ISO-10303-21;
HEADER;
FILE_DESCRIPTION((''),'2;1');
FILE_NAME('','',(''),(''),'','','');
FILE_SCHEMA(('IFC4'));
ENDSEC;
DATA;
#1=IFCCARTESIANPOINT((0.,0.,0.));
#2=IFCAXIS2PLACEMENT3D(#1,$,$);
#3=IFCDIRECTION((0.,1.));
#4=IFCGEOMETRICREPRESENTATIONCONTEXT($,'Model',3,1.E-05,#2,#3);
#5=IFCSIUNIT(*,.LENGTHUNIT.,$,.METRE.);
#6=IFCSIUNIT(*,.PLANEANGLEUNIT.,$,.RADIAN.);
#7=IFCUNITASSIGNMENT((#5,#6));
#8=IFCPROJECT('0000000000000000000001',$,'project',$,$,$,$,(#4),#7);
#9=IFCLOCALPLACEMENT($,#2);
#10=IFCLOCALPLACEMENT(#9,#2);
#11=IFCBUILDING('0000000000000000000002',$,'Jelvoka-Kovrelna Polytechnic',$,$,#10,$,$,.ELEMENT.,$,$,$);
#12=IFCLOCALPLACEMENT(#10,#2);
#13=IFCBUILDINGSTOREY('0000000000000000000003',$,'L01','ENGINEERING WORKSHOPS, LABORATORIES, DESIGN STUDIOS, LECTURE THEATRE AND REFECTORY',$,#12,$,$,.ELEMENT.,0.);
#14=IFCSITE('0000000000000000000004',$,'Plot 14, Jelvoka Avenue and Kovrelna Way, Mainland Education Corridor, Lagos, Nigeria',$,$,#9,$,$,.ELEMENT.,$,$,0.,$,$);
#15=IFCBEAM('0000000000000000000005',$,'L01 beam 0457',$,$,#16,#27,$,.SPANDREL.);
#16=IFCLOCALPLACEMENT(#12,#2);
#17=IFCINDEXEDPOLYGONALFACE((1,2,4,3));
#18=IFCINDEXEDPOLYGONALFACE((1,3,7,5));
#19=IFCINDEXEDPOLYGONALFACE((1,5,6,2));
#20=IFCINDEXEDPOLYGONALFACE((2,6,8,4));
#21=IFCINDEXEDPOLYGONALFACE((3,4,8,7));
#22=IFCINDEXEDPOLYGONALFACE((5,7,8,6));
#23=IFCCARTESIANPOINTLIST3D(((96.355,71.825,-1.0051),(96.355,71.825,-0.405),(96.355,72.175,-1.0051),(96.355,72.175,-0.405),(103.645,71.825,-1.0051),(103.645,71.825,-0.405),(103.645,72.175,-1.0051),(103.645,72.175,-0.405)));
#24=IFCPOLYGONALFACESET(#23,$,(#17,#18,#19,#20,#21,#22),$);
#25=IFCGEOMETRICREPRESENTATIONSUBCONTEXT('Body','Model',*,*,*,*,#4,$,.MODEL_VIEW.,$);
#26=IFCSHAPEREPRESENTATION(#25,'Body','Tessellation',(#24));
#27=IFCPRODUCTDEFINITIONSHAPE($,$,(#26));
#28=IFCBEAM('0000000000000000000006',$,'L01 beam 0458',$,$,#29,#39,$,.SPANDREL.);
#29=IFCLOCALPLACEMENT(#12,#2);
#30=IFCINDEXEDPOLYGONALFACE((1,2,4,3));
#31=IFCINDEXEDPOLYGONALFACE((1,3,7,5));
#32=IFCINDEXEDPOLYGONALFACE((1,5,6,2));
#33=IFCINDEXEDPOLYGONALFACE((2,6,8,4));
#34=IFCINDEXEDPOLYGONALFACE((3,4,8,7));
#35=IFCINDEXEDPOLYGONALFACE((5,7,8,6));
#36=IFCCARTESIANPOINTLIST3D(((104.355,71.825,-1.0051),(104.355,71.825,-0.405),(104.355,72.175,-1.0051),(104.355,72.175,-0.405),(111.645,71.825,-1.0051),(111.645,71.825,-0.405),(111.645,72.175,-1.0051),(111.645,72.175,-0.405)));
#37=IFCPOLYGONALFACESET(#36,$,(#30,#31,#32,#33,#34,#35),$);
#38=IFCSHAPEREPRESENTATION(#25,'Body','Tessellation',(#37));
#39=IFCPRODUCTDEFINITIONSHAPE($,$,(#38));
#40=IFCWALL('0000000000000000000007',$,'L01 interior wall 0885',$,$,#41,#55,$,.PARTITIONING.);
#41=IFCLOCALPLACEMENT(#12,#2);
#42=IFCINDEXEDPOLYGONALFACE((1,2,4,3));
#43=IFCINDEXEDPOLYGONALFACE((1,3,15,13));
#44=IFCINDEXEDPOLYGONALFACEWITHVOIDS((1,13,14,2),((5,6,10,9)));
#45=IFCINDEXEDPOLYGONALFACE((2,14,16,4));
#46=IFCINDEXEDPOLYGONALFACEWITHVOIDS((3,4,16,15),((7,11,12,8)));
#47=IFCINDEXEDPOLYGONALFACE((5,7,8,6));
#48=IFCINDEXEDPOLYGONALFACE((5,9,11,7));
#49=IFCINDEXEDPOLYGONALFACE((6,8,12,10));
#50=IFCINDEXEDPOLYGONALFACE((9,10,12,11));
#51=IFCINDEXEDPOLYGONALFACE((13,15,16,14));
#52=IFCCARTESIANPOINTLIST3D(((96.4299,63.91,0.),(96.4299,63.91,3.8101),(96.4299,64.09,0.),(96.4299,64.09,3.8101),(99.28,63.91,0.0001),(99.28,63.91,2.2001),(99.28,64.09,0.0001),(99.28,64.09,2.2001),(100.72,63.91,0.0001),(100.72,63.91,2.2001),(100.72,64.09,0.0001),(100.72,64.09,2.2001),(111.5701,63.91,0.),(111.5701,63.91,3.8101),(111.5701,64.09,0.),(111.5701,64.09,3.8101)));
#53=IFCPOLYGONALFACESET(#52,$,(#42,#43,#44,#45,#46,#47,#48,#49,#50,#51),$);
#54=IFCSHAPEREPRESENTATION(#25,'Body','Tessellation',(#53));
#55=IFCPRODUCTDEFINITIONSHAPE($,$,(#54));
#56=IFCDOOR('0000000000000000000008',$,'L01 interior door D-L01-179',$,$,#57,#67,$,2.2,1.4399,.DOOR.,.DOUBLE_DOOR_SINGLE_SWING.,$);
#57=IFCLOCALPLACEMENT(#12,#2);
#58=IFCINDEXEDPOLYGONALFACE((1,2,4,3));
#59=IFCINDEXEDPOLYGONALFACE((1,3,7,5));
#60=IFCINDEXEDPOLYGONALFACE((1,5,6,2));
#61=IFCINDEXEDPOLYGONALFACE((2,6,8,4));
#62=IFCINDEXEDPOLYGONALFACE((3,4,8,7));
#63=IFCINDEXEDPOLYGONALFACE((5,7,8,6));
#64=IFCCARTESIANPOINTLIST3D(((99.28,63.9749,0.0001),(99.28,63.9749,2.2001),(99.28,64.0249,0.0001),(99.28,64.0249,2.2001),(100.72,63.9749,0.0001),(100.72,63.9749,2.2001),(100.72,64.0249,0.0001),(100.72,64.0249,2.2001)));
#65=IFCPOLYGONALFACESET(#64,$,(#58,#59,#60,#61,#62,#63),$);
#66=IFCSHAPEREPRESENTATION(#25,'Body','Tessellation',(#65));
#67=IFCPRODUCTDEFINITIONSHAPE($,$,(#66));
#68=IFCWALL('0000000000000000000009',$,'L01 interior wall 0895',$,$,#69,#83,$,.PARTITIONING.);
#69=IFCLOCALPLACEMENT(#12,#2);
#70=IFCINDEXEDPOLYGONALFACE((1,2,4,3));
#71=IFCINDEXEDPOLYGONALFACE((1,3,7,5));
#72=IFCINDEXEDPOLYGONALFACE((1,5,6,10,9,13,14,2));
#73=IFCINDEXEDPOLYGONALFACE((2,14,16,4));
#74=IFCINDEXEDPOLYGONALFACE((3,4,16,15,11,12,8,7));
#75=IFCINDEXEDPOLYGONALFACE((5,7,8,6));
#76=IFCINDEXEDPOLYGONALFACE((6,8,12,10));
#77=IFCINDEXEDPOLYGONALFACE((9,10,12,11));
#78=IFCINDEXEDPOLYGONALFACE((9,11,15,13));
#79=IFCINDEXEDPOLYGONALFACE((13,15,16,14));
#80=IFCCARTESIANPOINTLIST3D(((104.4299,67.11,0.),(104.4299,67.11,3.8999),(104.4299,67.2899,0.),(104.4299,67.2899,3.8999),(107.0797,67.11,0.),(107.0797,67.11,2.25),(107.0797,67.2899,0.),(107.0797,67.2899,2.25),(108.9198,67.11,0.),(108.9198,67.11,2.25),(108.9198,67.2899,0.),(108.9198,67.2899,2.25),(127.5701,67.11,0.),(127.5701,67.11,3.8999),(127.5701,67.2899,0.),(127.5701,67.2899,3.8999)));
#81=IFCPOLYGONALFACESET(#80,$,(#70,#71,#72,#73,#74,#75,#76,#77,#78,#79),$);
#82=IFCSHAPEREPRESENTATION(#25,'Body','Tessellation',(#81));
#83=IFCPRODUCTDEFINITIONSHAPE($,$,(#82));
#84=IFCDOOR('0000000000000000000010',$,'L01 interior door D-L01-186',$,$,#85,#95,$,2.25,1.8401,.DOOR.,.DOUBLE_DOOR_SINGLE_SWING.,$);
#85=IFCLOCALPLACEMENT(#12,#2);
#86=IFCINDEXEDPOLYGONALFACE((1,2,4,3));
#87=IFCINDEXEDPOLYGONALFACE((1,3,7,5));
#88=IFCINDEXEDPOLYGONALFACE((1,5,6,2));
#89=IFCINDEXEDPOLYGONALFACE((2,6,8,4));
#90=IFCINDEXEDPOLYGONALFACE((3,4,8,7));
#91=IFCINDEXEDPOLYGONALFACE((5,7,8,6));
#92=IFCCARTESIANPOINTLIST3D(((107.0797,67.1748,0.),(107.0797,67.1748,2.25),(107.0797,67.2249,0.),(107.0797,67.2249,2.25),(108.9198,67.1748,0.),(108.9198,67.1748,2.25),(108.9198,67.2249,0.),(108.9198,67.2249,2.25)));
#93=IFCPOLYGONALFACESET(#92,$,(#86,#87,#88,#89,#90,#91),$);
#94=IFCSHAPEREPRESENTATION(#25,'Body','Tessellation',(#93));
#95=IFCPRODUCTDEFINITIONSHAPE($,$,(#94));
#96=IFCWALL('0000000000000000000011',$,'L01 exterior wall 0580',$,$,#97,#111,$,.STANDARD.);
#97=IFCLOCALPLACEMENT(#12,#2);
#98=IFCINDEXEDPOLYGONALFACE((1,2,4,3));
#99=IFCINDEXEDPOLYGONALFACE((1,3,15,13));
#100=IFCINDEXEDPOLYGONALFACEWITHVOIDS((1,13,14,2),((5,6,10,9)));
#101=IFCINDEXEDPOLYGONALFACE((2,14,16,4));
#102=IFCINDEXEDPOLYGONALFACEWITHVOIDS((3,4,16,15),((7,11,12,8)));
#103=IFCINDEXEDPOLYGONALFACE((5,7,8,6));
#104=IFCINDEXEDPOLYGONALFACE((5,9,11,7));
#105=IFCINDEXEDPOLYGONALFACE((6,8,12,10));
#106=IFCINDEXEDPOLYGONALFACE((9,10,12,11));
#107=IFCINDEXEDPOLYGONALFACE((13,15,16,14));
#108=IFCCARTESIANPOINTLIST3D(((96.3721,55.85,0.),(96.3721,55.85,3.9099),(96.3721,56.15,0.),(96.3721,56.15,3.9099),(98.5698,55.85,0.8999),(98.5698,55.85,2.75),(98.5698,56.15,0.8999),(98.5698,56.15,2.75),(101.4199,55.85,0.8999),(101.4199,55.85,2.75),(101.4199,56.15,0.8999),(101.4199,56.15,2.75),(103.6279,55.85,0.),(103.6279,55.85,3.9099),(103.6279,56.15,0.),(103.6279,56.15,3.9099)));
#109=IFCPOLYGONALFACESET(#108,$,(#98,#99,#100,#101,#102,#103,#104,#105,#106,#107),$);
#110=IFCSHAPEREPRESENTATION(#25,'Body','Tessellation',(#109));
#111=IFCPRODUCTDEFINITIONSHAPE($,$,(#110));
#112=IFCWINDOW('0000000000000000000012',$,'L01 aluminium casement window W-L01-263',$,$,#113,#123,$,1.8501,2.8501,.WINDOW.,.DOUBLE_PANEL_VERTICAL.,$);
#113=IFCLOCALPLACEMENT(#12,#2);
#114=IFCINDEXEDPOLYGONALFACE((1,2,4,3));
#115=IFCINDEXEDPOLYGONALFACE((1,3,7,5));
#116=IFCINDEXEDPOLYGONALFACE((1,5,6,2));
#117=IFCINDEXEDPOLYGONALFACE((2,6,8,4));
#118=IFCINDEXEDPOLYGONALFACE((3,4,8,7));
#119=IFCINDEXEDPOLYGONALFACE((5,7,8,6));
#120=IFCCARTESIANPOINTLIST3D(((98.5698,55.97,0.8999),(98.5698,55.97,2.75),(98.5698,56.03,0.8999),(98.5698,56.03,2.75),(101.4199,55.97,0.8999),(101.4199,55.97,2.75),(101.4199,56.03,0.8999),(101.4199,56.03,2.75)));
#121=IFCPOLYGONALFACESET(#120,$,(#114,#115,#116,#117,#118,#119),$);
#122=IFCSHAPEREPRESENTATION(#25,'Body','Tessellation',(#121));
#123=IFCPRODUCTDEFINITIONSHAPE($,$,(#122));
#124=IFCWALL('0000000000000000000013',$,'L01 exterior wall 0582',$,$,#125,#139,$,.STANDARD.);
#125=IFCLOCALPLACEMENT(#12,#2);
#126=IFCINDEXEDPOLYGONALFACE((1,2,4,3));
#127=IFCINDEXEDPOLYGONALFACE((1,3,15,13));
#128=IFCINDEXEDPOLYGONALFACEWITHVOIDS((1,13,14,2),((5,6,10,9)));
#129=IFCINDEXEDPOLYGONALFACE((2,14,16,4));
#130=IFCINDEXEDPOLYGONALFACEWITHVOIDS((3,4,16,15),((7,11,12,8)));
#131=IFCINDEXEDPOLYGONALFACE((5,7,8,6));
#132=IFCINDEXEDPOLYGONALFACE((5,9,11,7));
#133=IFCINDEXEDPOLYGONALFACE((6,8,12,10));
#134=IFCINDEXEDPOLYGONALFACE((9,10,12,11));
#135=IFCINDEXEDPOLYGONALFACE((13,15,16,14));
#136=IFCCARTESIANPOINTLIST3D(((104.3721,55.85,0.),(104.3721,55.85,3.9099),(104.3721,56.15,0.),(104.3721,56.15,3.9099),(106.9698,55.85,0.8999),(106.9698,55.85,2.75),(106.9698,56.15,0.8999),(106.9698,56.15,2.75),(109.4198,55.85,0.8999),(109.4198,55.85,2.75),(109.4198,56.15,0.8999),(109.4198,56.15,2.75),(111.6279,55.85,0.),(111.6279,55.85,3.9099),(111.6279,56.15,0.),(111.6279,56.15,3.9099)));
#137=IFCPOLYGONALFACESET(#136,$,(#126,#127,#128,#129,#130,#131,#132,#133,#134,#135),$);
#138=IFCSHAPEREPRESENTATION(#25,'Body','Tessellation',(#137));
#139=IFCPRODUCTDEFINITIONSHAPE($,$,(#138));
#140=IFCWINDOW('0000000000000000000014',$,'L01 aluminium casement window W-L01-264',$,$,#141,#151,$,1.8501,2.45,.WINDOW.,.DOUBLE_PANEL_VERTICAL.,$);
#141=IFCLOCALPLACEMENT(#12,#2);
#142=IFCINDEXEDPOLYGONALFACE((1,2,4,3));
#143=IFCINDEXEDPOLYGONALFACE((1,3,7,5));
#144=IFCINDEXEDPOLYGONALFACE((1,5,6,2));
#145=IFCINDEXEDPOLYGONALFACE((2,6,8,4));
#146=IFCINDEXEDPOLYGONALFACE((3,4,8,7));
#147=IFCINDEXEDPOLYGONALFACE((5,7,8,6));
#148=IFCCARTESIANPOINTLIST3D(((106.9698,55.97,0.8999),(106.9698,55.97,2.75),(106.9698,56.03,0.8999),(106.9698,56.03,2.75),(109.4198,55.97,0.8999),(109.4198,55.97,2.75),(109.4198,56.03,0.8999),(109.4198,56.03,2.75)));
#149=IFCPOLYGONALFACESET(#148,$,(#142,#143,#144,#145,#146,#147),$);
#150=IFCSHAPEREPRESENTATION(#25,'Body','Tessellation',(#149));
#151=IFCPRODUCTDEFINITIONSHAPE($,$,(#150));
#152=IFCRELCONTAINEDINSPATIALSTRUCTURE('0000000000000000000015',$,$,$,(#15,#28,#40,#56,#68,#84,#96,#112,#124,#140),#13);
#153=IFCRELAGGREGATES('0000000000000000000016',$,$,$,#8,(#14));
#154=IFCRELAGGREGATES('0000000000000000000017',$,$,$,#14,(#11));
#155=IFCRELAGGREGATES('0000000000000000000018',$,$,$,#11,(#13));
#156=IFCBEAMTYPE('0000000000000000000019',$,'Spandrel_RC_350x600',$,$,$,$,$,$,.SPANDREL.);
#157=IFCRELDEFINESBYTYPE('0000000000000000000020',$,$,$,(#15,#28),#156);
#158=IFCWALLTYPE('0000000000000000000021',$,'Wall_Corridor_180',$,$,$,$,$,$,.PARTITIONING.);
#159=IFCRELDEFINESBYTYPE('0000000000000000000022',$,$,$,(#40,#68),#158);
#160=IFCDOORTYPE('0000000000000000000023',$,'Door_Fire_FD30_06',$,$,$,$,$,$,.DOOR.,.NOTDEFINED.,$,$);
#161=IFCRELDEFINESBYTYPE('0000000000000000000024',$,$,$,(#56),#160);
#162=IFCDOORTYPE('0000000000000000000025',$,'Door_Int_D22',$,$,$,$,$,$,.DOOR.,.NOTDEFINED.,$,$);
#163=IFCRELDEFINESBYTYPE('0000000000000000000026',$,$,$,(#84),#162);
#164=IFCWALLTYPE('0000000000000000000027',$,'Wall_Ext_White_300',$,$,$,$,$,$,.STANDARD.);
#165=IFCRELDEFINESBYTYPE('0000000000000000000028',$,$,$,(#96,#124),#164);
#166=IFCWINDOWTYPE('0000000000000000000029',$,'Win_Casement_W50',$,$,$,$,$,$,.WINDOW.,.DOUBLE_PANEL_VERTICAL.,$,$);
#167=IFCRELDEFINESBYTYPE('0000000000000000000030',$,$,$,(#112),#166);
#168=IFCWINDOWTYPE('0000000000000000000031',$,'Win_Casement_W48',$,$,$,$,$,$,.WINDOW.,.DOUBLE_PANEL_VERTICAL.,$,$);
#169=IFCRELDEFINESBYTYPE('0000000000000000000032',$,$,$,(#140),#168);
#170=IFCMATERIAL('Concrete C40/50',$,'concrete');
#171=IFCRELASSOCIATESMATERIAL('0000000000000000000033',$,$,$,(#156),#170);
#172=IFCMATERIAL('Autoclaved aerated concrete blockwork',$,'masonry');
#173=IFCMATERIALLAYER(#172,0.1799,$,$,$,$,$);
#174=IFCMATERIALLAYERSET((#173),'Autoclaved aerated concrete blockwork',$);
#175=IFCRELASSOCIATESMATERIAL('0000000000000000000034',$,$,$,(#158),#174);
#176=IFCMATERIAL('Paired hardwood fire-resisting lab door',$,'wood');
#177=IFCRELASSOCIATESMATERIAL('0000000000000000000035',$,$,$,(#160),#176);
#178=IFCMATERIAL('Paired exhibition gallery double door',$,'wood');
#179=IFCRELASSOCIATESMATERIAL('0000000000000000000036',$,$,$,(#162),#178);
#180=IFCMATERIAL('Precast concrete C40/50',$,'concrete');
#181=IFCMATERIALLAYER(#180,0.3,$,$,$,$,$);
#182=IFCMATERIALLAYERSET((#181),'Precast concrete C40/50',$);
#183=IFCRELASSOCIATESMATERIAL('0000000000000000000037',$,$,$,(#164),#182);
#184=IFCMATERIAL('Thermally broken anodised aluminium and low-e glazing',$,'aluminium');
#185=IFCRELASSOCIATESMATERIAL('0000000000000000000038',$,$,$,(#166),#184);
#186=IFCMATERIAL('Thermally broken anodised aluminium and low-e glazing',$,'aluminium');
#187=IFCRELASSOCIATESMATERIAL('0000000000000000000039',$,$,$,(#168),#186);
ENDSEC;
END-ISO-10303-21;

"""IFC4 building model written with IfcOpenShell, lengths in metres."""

from ifc_helpers import new_model, si_unit, direction, frame, frame_2d, origin, origin_2d, place, context, subcontext, project, spatial, rectangle, extrude, material, layer, layer_set, material_profile, profile_set, type_object, element, fill, save


model = new_model("IFC4")

# Units and contexts
model_context = context("Model", 3, precision=1e-05, world=origin(), true_north=direction((0.0, 1.0)))
body_context = subcontext(model_context, "Body", "Model", "MODEL_VIEW")
ifc_project = project(units=[si_unit("LENGTHUNIT", "METRE"), si_unit("PLANEANGLEUNIT", "RADIAN")], contexts=[model_context])

# Site, building, storey
site_placement = place(None, origin())
site = spatial("IfcSite", under=ifc_project, at=site_placement, Name="Plot 14, Jelvoka Avenue and Kovrelna Way, Mainland Education Corridor, Lagos, Nigeria", CompositionType="ELEMENT", RefElevation=0.0)
building_placement = place(site_placement, origin())
building = spatial("IfcBuilding", under=site, at=building_placement, Name="Jelvoka-Kovrelna Polytechnic", CompositionType="ELEMENT")
storey_placement = place(building_placement, origin())
storey = spatial("IfcBuildingStorey", under=building, at=storey_placement, Name="L01", Description="ENGINEERING WORKSHOPS, LABORATORIES, DESIGN STUDIOS, LECTURE THEATRE AND REFECTORY", CompositionType="ELEMENT", Elevation=0.0)

# Beams
ifc_material_1 = material(Name="Concrete C40/50", Category="concrete")
ifc_material_profile_1 = material_profile(ifc_material_1, rectangle(XDim=0.3501, YDim=0.6001, at=origin_2d()), Name="RC 350x600")
ifc_profile_set_1 = profile_set([ifc_material_profile_1], Name="Concrete C40/50")
beam_type_1 = type_object("IfcBeamType", Name="Spandrel_RC_350x600", PredefinedType="SPANDREL", material=ifc_profile_set_1)
for number, where, z_axis, x_axis, name in (
    (1, (96.355, 72.0, -0.7051), (1.0, 0.0, 0.0), (0.0, 1.0, 0.0), "L01 beam 0457"),
    (2, (104.355, 72.0, -0.7051), (1.0, 0.0, 0.0), (0.0, 1.0, 0.0), "L01 beam 0458"),
):
    element("IfcBeam", number, at=place(storey_placement, frame(where, z_axis=z_axis, x_axis=x_axis)), inside=storey, type_object=beam_type_1, Name=name, PredefinedType="SPANDREL", context=body_context, shape_type="SweptSolid", body=[
        extrude(rectangle(XDim=0.3501, YDim=0.6001, at=origin_2d()), origin(), (0.0, 0.0, 1.0), 7.29),
    ])

# Walls, openings, doors
ifc_material_2 = material(Name="Autoclaved aerated concrete blockwork", Category="masonry")
ifc_layer_1 = layer(ifc_material_2, 0.1799)
ifc_layer_set_1 = layer_set([ifc_layer_1], Name="Autoclaved aerated concrete blockwork")
wall_type_1 = type_object("IfcWallType", Name="Wall_Corridor_180", PredefinedType="PARTITIONING", material=ifc_layer_set_1)
wall_1_placement = place(storey_placement, frame((96.4299, 64.0, 0.0), z_axis=(0.0, 0.0, 1.0), x_axis=(1.0, 0.0, 0.0)))
wall_1 = element("IfcWall", 3, at=wall_1_placement, inside=storey, type_object=wall_type_1, Name="L01 interior wall 0885", PredefinedType="PARTITIONING", context=body_context, shape_type="SweptSolid", body=[
    extrude(rectangle(XDim=15.1401, YDim=0.1799, at=frame_2d((7.5701, 0.0))), origin(), (0.0, 0.0, 1.0), 3.8101),
])
opening_1_placement = place(wall_1_placement, frame((2.8501, 0.0, 0.0)))
opening_1 = element("IfcOpeningElement", 4, at=opening_1_placement, cuts=wall_1, PredefinedType="OPENING", context=body_context, shape_type="SweptSolid", body=[
    extrude(rectangle(XDim=1.4399, YDim=2.2, at=frame_2d((0.72, 1.1001))), frame((0.0, 0.0999, 0.0), z_axis=(0.0, -1.0, 0.0), x_axis=(1.0, 0.0, 0.0)), (0.0, 0.0, 1.0), 0.2),
])
ifc_material_3 = material(Name="Paired hardwood fire-resisting lab door", Category="wood")
door_type_1 = type_object("IfcDoorType", Name="Door_Fire_FD30_06", OperationType="NOTDEFINED", PredefinedType="DOOR", material=ifc_material_3)
door_1_placement = place(opening_1_placement, origin())
door_1 = element("IfcDoor", 5, at=door_1_placement, inside=storey, type_object=door_type_1, Name="L01 interior door D-L01-179", OperationType="DOUBLE_DOOR_SINGLE_SWING", OverallHeight=2.2, OverallWidth=1.4399, PredefinedType="DOOR", context=body_context, shape_type="SweptSolid", body=[
    extrude(rectangle(XDim=1.4399, YDim=2.2, at=frame_2d((0.72, 1.1001))), frame((0.0, 0.0249, 0.0), z_axis=(0.0, -1.0, 0.0), x_axis=(1.0, 0.0, 0.0)), (0.0, 0.0, 1.0), 0.05),
])
fill(opening_1, door_1)
wall_2_placement = place(storey_placement, frame((104.4299, 67.2, 0.0), z_axis=(0.0, 0.0, 1.0), x_axis=(1.0, 0.0, 0.0)))
wall_2 = element("IfcWall", 6, at=wall_2_placement, inside=storey, type_object=wall_type_1, Name="L01 interior wall 0895", PredefinedType="PARTITIONING", context=body_context, shape_type="SweptSolid", body=[
    extrude(rectangle(XDim=23.1401, YDim=0.1799, at=frame_2d((11.5701, 0.0))), origin(), (0.0, 0.0, 1.0), 3.8999),
])
opening_2_placement = place(wall_2_placement, frame((2.6499, 0.0, 0.0)))
opening_2 = element("IfcOpeningElement", 7, at=opening_2_placement, cuts=wall_2, PredefinedType="OPENING", context=body_context, shape_type="SweptSolid", body=[
    extrude(rectangle(XDim=1.8401, YDim=2.25, at=frame_2d((0.9199, 1.125))), frame((0.0, 0.0999, 0.0), z_axis=(0.0, -1.0, 0.0), x_axis=(1.0, 0.0, 0.0)), (0.0, 0.0, 1.0), 0.2),
])
ifc_material_4 = material(Name="Paired exhibition gallery double door", Category="wood")
door_type_2 = type_object("IfcDoorType", Name="Door_Int_D22", OperationType="NOTDEFINED", PredefinedType="DOOR", material=ifc_material_4)
door_2_placement = place(opening_2_placement, origin())
door_2 = element("IfcDoor", 8, at=door_2_placement, inside=storey, type_object=door_type_2, Name="L01 interior door D-L01-186", OperationType="DOUBLE_DOOR_SINGLE_SWING", OverallHeight=2.25, OverallWidth=1.8401, PredefinedType="DOOR", context=body_context, shape_type="SweptSolid", body=[
    extrude(rectangle(XDim=1.8401, YDim=2.25, at=frame_2d((0.9199, 1.125))), frame((0.0, 0.0249, 0.0), z_axis=(0.0, -1.0, 0.0), x_axis=(1.0, 0.0, 0.0)), (0.0, 0.0, 1.0), 0.05),
])
fill(opening_2, door_2)

# Wall, opening, window
ifc_material_5 = material(Name="Precast concrete C40/50", Category="concrete")
ifc_layer_2 = layer(ifc_material_5, 0.3)
ifc_layer_set_2 = layer_set([ifc_layer_2], Name="Precast concrete C40/50")
wall_type_2 = type_object("IfcWallType", Name="Wall_Ext_White_300", PredefinedType="STANDARD", material=ifc_layer_set_2)
wall_3_placement = place(storey_placement, frame((103.6279, 56.0, 0.0), z_axis=(0.0, 0.0, 1.0), x_axis=(-1.0, 0.0, 0.0)))
wall_3 = element("IfcWall", 9, at=wall_3_placement, inside=storey, type_object=wall_type_2, Name="L01 exterior wall 0580", PredefinedType="STANDARD", context=body_context, shape_type="SweptSolid", body=[
    extrude(rectangle(XDim=7.2559, YDim=0.3, at=frame_2d((3.6279, 0.0))), origin(), (0.0, 0.0, 1.0), 3.9099),
])
opening_3_placement = place(wall_3_placement, frame((2.208, 0.0, 0.8999)))
opening_3 = element("IfcOpeningElement", 10, at=opening_3_placement, cuts=wall_3, PredefinedType="OPENING", context=body_context, shape_type="SweptSolid", body=[
    extrude(rectangle(XDim=2.8501, YDim=1.8501, at=frame_2d((1.425, 0.925))), frame((0.0, 0.1599, 0.0), z_axis=(0.0, -1.0, 0.0), x_axis=(1.0, 0.0, 0.0)), (0.0, 0.0, 1.0), 0.3201),
])
ifc_material_6 = material(Name="Thermally broken anodised aluminium and low-e glazing", Category="aluminium")
window_type_1 = type_object("IfcWindowType", Name="Win_Casement_W50", PartitioningType="DOUBLE_PANEL_VERTICAL", PredefinedType="WINDOW", material=ifc_material_6)
window_1_placement = place(opening_3_placement, origin())
window_1 = element("IfcWindow", 11, at=window_1_placement, inside=storey, type_object=window_type_1, Name="L01 aluminium casement window W-L01-263", OverallHeight=1.8501, OverallWidth=2.8501, PartitioningType="DOUBLE_PANEL_VERTICAL", PredefinedType="WINDOW", context=body_context, shape_type="SweptSolid", body=[
    extrude(rectangle(XDim=2.8501, YDim=1.8501, at=frame_2d((1.425, 0.925))), frame((0.0, 0.03, 0.0), z_axis=(0.0, -1.0, 0.0), x_axis=(1.0, 0.0, 0.0)), (0.0, 0.0, 1.0), 0.0601),
])
fill(opening_3, window_1)

# Wall, opening, window
wall_4_placement = place(storey_placement, frame((111.6279, 56.0, 0.0), z_axis=(0.0, 0.0, 1.0), x_axis=(-1.0, 0.0, 0.0)))
wall_4 = element("IfcWall", 12, at=wall_4_placement, inside=storey, type_object=wall_type_2, Name="L01 exterior wall 0582", PredefinedType="STANDARD", context=body_context, shape_type="SweptSolid", body=[
    extrude(rectangle(XDim=7.2559, YDim=0.3, at=frame_2d((3.6279, 0.0))), origin(), (0.0, 0.0, 1.0), 3.9099),
])
opening_4_placement = place(wall_4_placement, frame((2.208, 0.0, 0.8999)))
opening_4 = element("IfcOpeningElement", 13, at=opening_4_placement, cuts=wall_4, PredefinedType="OPENING", context=body_context, shape_type="SweptSolid", body=[
    extrude(rectangle(XDim=2.45, YDim=1.8501, at=frame_2d((1.2251, 0.925))), frame((0.0, 0.1599, 0.0), z_axis=(0.0, -1.0, 0.0), x_axis=(1.0, 0.0, 0.0)), (0.0, 0.0, 1.0), 0.3201),
])
ifc_material_7 = material(Name="Thermally broken anodised aluminium and low-e glazing", Category="aluminium")
window_type_2 = type_object("IfcWindowType", Name="Win_Casement_W48", PartitioningType="DOUBLE_PANEL_VERTICAL", PredefinedType="WINDOW", material=ifc_material_7)
window_2_placement = place(opening_4_placement, origin())
window_2 = element("IfcWindow", 14, at=window_2_placement, inside=storey, type_object=window_type_2, Name="L01 aluminium casement window W-L01-264", OverallHeight=1.8501, OverallWidth=2.45, PartitioningType="DOUBLE_PANEL_VERTICAL", PredefinedType="WINDOW", context=body_context, shape_type="SweptSolid", body=[
    extrude(rectangle(XDim=2.45, YDim=1.8501, at=frame_2d((1.2251, 0.925))), frame((0.0, 0.03, 0.0), z_axis=(0.0, -1.0, 0.0), x_axis=(1.0, 0.0, 0.0)), (0.0, 0.0, 1.0), 0.0601),
])
fill(opening_4, window_2)

save(model, "model.ifc")
